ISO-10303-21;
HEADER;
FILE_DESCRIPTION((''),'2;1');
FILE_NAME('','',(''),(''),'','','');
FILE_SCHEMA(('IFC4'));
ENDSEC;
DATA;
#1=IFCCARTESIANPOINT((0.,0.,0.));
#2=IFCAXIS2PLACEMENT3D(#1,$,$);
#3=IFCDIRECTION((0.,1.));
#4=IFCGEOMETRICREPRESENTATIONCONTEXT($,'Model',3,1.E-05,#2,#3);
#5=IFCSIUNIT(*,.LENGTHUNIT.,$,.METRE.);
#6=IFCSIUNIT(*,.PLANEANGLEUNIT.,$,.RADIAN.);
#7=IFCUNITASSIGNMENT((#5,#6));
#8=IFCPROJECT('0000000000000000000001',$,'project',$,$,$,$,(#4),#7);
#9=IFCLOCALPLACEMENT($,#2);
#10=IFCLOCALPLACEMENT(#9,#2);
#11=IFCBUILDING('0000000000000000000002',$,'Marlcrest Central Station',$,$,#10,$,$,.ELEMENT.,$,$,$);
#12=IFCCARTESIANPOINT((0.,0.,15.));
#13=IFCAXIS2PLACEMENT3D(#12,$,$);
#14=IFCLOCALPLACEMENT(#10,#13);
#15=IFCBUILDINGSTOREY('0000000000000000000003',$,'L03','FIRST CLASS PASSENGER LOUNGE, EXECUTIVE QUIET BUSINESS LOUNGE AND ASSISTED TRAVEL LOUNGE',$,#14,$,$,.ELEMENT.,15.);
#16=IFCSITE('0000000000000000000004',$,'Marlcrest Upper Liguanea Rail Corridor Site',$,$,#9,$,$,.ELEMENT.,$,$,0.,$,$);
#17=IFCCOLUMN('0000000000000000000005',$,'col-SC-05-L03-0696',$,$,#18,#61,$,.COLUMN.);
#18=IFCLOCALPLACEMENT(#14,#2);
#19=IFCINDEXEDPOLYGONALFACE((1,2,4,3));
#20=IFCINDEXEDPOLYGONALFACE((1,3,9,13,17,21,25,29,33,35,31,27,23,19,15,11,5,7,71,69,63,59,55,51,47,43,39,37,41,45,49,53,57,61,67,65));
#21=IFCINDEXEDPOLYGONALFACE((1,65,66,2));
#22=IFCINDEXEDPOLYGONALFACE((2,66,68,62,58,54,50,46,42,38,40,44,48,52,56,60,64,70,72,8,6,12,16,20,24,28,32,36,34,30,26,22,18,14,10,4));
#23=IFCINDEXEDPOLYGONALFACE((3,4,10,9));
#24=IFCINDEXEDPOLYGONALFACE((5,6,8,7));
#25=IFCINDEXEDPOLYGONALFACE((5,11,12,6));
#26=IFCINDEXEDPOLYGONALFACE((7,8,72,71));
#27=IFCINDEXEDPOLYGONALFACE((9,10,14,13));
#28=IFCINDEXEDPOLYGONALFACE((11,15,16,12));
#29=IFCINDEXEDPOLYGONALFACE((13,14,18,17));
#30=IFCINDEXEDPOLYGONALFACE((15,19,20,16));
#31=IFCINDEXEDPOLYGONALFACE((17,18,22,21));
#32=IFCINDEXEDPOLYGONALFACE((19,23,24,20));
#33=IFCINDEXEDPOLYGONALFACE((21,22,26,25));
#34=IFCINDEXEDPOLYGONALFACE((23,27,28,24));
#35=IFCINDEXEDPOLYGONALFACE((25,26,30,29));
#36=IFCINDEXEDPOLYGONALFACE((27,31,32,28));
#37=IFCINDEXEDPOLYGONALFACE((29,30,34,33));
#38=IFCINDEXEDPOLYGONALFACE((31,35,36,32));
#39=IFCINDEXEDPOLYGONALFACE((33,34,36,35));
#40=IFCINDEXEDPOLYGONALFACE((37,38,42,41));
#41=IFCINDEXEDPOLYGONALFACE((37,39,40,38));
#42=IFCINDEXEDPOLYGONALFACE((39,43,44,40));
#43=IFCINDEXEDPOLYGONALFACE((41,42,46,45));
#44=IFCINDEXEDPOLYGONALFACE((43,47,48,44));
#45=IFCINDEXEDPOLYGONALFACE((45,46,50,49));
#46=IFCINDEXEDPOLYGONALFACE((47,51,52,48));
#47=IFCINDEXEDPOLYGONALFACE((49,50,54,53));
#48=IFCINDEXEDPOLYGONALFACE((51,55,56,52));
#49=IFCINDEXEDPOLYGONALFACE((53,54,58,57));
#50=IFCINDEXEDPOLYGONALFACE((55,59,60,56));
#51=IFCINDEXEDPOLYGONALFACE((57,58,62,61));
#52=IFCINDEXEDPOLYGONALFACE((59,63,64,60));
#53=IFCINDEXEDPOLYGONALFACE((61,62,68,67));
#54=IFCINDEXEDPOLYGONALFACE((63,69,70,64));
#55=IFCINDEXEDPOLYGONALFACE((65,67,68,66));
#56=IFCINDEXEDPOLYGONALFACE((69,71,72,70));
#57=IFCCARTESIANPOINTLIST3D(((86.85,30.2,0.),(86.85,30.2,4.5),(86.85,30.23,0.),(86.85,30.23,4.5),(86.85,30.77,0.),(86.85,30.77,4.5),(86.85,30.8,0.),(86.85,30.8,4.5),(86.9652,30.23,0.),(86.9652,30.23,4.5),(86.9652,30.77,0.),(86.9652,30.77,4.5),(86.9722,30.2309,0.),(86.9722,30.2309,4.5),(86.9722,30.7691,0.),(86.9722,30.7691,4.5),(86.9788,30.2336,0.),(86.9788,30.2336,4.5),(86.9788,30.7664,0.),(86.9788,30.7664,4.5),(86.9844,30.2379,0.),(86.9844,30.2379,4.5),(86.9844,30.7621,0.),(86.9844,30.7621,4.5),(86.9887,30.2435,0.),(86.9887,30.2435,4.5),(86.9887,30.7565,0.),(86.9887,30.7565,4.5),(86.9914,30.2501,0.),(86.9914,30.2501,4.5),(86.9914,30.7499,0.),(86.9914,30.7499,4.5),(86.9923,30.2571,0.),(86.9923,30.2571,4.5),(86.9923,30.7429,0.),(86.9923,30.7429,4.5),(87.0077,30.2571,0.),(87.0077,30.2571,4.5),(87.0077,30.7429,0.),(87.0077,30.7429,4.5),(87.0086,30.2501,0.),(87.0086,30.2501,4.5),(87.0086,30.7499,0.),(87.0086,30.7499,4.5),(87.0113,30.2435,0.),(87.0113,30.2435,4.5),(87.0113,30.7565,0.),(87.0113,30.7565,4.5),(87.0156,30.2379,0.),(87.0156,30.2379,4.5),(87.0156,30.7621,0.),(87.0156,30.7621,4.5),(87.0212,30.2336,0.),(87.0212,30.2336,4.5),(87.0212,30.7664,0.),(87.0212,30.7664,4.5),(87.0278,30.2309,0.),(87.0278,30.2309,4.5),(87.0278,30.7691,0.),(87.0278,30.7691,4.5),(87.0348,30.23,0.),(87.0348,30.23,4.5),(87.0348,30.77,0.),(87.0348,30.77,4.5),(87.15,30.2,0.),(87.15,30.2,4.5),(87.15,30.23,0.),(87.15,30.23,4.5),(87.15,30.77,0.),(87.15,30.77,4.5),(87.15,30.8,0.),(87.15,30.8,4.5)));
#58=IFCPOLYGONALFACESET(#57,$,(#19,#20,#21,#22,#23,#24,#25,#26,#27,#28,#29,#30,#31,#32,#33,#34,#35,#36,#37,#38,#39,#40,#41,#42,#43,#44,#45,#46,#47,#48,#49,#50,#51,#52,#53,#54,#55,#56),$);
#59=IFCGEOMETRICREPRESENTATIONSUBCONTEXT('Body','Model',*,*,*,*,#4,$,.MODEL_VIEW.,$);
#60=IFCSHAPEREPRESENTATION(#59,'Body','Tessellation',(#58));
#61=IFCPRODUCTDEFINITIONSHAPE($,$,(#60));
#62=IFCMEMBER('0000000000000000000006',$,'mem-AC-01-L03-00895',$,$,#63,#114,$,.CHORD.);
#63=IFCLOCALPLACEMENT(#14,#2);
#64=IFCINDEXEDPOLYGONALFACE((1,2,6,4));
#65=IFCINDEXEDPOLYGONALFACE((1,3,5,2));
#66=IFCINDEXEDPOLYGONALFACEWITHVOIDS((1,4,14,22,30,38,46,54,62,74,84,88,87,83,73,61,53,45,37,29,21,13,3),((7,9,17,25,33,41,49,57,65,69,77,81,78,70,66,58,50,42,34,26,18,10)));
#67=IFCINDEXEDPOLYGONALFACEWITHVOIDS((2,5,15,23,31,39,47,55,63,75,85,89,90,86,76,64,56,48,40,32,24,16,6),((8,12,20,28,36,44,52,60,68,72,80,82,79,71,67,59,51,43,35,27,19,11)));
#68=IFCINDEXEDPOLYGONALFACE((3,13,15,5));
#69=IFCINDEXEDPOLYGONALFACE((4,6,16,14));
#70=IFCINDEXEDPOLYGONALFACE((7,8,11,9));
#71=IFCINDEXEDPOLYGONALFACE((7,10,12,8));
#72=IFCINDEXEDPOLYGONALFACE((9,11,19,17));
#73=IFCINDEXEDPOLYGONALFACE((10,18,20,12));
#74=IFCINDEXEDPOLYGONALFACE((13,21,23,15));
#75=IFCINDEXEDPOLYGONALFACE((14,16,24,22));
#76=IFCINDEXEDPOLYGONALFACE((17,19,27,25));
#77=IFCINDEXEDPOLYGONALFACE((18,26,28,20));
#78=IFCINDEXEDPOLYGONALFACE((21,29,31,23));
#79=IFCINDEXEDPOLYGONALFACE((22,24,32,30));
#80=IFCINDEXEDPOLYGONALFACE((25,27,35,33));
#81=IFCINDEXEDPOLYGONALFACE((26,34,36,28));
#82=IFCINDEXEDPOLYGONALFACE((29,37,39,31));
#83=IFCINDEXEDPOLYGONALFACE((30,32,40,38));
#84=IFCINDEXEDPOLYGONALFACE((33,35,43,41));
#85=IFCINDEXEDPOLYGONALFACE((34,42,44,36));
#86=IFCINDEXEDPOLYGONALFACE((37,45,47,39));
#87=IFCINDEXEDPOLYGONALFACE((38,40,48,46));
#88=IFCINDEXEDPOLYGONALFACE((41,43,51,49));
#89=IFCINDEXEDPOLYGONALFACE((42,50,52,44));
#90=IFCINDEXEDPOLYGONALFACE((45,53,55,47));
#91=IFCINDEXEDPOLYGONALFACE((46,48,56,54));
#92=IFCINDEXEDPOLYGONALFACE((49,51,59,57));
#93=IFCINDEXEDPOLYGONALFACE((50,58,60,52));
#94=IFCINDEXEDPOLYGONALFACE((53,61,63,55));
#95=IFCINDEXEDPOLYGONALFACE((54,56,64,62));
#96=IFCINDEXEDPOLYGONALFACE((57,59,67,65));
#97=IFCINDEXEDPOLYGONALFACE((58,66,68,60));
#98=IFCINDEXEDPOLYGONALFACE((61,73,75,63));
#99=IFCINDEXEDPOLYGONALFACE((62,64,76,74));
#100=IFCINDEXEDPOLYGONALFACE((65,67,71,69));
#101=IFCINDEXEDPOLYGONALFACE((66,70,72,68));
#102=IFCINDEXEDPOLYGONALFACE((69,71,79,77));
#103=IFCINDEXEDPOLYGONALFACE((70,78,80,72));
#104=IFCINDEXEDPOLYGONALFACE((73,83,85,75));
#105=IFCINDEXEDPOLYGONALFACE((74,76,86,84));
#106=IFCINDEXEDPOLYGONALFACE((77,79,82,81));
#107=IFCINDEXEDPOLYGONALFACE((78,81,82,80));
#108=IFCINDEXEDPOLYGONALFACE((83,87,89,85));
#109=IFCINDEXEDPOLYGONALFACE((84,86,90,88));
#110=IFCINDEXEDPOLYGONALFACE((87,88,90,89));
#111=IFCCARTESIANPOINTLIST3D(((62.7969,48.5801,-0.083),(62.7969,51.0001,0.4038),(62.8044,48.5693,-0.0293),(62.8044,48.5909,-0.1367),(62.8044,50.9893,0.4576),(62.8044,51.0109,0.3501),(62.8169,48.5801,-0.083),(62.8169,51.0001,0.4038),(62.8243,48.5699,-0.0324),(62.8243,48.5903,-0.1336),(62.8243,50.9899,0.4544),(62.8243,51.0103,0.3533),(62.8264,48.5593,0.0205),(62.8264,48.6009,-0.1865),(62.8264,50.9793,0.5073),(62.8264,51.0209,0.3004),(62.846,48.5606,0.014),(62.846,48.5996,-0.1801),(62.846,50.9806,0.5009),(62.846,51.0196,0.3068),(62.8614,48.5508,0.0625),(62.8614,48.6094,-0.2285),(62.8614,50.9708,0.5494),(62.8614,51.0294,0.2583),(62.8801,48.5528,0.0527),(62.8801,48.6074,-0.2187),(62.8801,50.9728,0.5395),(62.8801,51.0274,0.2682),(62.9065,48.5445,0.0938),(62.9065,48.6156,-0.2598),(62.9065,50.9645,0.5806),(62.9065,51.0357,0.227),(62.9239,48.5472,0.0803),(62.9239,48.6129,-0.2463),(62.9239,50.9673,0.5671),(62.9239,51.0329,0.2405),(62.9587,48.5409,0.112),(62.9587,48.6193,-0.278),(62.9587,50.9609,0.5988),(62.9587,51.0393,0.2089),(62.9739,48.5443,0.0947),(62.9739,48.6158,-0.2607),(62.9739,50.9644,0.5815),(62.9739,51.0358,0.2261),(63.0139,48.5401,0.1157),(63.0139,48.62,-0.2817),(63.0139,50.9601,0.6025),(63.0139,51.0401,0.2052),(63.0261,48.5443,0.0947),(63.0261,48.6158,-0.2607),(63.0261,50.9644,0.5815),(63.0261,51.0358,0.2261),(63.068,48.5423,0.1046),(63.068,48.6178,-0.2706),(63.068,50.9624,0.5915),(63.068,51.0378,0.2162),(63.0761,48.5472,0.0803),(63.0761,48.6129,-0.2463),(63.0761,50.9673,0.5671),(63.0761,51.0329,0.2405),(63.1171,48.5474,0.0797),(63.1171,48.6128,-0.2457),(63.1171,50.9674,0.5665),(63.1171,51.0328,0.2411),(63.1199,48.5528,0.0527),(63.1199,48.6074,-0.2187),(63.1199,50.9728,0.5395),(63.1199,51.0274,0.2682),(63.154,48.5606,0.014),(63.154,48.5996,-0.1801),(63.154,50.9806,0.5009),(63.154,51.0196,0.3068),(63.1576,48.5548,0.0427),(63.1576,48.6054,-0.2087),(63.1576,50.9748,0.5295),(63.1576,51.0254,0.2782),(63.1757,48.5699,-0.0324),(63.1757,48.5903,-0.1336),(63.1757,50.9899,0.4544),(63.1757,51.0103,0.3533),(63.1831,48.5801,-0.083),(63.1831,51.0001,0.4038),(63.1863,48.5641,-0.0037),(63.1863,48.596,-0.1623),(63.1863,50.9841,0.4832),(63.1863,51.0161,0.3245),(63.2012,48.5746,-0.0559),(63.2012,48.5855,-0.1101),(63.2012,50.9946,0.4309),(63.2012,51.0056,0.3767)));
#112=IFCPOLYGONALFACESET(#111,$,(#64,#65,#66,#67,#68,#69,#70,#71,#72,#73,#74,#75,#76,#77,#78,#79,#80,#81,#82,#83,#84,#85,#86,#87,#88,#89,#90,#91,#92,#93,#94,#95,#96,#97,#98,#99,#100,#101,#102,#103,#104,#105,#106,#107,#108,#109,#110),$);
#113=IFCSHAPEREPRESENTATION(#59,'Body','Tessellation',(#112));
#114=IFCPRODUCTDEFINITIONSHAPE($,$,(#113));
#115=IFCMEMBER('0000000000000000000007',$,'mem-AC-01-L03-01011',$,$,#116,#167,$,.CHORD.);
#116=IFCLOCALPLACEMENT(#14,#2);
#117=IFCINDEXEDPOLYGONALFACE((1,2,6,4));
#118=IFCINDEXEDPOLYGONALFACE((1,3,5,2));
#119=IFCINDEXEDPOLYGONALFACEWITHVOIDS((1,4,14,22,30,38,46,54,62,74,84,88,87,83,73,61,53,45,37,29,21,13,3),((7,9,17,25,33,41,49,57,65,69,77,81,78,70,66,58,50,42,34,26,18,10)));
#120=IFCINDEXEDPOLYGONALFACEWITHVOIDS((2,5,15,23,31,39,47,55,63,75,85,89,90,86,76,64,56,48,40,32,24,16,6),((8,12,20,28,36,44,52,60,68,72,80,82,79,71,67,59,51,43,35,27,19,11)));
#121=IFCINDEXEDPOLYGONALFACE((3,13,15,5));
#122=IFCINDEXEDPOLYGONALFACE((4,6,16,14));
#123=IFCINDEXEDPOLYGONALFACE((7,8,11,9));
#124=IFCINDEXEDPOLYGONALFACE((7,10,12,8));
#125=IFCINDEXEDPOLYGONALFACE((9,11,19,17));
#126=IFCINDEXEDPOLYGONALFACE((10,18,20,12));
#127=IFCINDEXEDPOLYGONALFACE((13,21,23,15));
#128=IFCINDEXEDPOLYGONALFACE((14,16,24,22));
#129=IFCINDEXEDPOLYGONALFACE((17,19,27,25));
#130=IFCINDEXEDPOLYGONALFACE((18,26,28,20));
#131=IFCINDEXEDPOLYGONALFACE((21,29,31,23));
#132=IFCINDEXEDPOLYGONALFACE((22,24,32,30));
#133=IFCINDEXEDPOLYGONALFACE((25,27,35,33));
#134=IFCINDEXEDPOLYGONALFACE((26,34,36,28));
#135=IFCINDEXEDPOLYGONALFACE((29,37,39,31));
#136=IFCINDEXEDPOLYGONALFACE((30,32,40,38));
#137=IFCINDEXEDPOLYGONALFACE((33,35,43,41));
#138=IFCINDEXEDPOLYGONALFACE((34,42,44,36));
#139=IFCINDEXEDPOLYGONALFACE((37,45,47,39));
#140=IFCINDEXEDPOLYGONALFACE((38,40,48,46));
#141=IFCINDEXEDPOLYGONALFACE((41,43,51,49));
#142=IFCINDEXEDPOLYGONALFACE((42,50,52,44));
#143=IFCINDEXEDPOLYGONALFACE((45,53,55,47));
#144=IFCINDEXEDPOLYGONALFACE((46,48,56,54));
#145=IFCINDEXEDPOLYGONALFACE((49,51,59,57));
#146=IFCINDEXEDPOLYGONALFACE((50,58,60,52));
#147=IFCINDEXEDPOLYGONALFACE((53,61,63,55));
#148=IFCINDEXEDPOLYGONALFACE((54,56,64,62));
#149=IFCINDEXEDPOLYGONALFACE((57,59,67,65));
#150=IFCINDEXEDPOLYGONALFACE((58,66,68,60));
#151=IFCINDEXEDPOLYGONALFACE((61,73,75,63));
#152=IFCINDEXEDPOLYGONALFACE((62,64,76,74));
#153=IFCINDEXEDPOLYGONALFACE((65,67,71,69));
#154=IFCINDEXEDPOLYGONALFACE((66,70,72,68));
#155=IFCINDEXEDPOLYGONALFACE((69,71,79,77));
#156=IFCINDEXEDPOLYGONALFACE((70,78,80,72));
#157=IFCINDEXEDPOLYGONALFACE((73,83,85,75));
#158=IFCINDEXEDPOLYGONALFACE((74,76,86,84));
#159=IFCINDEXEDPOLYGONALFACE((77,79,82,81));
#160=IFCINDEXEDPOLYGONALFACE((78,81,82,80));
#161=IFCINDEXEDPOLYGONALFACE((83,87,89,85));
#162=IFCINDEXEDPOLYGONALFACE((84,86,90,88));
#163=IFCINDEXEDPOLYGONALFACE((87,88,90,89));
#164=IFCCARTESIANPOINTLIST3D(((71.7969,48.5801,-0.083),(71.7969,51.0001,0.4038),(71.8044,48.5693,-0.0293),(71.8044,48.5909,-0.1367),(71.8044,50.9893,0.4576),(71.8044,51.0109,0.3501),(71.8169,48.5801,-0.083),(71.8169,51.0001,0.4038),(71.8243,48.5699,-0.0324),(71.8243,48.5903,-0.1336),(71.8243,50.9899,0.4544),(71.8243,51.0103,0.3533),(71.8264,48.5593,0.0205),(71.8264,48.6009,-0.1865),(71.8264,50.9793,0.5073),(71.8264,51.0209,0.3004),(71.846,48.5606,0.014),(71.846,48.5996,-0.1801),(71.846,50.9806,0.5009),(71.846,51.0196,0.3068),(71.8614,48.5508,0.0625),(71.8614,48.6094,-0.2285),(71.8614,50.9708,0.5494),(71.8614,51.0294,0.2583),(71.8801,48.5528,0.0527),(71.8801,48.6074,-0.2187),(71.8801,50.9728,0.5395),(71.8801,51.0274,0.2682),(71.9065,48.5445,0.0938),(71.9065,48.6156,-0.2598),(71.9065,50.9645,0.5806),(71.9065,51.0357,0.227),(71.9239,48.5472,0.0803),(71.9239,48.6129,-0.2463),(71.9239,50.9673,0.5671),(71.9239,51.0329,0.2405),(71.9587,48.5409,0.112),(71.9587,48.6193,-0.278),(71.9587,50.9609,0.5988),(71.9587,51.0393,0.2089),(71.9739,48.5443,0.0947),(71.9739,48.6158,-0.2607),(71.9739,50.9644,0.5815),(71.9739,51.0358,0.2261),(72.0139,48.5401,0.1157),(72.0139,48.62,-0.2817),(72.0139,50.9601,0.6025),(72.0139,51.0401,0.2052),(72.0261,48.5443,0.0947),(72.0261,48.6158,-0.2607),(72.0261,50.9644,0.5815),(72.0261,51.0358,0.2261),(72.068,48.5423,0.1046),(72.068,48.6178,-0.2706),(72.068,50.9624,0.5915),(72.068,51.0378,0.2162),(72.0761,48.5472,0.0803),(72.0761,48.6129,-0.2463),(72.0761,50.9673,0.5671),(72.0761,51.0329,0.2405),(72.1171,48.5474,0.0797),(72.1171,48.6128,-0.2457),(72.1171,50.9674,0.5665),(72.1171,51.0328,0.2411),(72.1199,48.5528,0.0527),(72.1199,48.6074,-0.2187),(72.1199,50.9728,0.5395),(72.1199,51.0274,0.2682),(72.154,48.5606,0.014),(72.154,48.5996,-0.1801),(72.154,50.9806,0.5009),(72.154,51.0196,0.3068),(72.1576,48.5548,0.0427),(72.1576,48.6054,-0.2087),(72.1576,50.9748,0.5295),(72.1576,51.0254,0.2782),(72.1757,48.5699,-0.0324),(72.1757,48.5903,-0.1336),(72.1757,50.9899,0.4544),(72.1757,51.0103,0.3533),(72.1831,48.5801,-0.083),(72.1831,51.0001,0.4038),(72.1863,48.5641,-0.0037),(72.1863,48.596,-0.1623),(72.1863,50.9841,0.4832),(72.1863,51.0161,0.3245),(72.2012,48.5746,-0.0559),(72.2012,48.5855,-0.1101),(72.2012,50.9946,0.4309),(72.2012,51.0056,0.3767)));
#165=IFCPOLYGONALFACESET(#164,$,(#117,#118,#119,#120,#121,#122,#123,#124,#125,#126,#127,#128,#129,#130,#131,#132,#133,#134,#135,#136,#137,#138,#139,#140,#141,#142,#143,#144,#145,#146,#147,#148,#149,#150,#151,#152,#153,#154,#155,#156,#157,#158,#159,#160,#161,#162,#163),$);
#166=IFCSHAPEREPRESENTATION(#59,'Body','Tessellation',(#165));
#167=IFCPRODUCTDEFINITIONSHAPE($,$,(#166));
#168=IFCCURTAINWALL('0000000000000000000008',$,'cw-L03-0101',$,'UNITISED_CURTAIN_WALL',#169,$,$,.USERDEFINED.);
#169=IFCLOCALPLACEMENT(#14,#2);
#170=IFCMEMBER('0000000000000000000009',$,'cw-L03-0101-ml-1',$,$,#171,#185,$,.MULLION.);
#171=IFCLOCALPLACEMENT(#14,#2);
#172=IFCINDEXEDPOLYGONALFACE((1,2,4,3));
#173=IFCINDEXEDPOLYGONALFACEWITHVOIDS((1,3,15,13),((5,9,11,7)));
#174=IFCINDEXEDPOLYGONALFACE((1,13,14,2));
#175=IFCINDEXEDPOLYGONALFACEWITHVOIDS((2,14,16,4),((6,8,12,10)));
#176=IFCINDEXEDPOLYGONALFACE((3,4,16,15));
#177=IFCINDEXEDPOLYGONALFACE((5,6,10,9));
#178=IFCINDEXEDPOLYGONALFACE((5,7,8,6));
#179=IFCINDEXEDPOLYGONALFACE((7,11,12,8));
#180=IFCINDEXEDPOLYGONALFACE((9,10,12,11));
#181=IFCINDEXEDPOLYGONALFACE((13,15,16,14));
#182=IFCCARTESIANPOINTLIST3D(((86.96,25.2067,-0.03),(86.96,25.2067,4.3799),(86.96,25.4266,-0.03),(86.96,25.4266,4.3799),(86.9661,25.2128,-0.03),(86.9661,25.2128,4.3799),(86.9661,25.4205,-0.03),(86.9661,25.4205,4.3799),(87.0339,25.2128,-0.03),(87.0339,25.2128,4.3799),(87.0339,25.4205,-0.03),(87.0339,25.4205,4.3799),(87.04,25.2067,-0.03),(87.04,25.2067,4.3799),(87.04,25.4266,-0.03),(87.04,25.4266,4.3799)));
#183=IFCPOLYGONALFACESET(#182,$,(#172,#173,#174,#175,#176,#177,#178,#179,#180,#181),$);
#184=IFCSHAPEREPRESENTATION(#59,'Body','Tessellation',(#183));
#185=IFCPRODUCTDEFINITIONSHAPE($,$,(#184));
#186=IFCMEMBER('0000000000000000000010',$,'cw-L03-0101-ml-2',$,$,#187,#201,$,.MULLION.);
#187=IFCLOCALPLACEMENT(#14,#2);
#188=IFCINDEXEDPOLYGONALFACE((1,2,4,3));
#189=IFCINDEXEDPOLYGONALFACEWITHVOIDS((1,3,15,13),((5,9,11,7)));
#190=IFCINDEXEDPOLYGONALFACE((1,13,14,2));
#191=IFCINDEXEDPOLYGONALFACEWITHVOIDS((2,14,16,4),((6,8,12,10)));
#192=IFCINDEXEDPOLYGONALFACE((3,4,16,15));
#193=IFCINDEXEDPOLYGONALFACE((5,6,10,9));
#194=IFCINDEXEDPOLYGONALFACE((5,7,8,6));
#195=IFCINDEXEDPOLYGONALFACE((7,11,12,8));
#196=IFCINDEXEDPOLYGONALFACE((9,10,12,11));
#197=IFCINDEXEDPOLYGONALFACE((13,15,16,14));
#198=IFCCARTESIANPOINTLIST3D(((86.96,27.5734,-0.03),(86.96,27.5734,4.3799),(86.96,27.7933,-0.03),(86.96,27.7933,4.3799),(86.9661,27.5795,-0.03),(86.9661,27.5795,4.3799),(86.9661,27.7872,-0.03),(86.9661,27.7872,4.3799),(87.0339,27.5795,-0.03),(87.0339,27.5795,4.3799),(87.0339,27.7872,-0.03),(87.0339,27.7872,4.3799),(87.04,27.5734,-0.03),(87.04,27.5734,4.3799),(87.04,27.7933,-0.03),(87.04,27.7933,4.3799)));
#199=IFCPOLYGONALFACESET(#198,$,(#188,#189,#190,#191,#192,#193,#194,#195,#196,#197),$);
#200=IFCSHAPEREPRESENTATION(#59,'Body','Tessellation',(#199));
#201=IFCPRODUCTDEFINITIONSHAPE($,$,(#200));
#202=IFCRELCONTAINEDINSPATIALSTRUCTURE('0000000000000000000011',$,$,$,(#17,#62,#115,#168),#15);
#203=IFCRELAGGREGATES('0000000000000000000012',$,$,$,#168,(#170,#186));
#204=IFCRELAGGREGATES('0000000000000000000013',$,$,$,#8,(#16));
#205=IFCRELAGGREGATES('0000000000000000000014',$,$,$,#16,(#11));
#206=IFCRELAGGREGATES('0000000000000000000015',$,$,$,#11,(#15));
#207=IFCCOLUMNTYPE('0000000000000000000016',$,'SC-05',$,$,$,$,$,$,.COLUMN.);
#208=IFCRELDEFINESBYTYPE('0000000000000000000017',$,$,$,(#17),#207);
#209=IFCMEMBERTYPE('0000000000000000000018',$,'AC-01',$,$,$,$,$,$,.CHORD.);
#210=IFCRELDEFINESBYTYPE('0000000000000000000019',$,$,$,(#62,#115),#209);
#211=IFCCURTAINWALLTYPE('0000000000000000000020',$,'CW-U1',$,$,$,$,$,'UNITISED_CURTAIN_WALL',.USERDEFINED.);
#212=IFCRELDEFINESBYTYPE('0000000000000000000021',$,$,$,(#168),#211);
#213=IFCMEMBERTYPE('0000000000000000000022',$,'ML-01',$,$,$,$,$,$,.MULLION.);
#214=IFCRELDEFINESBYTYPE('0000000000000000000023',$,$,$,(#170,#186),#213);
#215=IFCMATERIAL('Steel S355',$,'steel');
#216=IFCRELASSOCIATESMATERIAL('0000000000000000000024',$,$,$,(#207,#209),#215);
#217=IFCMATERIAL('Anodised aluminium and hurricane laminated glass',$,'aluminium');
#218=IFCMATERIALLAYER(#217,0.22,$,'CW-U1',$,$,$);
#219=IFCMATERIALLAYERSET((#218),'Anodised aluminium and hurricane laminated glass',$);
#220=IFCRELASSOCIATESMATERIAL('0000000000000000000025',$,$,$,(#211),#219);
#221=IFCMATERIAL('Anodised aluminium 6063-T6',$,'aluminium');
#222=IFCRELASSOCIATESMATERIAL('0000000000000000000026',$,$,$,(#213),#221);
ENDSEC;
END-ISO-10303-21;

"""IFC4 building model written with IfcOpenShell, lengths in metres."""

from ifc_helpers import new_model, si_unit, direction, frame, origin, origin_2d, place, context, subcontext, project, spatial, hollow_rectangle, hollow_circle, i_section, extrude, material, layer, layer_set, material_profile, profile_set, type_object, element, aggregate, save


model = new_model("IFC4")

# Units and contexts
model_context = context("Model", 3, precision=1e-05, world=origin(), true_north=direction((0.0, 1.0)))
body_context = subcontext(model_context, "Body", "Model", "MODEL_VIEW")
ifc_project = project(units=[si_unit("LENGTHUNIT", "METRE"), si_unit("PLANEANGLEUNIT", "RADIAN")], contexts=[model_context])

# Site, building, storey
site_placement = place(None, origin())
site = spatial("IfcSite", under=ifc_project, at=site_placement, Name="Marlcrest Upper Liguanea Rail Corridor Site", CompositionType="ELEMENT", RefElevation=0.0)
building_placement = place(site_placement, origin())
building = spatial("IfcBuilding", under=site, at=building_placement, Name="Marlcrest Central Station", CompositionType="ELEMENT")
storey_placement = place(building_placement, frame((0.0, 0.0, 15.0)))
storey = spatial("IfcBuildingStorey", under=building, at=storey_placement, Name="L03", Description="FIRST CLASS PASSENGER LOUNGE, EXECUTIVE QUIET BUSINESS LOUNGE AND ASSISTED TRAVEL LOUNGE", CompositionType="ELEMENT", Elevation=15.0)

# Column
ifc_material_1 = material(Name="Steel S355", Category="steel")
ifc_material_profile_1 = material_profile(ifc_material_1, i_section(OverallWidth=0.3, OverallDepth=0.6001, WebThickness=0.0154, FlangeThickness=0.03, FilletRadius=0.0271, at=origin_2d()), Name="HEB 600")
ifc_profile_set_1 = profile_set([ifc_material_profile_1], Name="Steel S355")
column_type = type_object("IfcColumnType", Name="SC-05", PredefinedType="COLUMN", material=ifc_profile_set_1)
column_placement = place(storey_placement, frame((87.0, 30.5, 0.0), z_axis=(0.0, 0.0, 1.0), x_axis=(1.0, 0.0, 0.0)))
element("IfcColumn", 1, at=column_placement, inside=storey, type_object=column_type, Name="col-SC-05-L03-0696", PredefinedType="COLUMN", context=body_context, shape_type="SweptSolid", body=[
    extrude(i_section(OverallWidth=0.3, OverallDepth=0.6001, WebThickness=0.0154, FlangeThickness=0.03, FilletRadius=0.0271, at=origin_2d()), origin(), (0.0, 0.0, 1.0), 4.5),
])

# Members
ifc_material_profile_2 = material_profile(ifc_material_1, hollow_circle(Radius=0.2031, WallThickness=0.02, at=origin_2d()), Name="CHS 406.4x20")
ifc_profile_set_2 = profile_set([ifc_material_profile_2], Name="Steel S355")
member_type_1 = type_object("IfcMemberType", Name="AC-01", PredefinedType="CHORD", material=ifc_profile_set_2)
for number, where, z_axis, x_axis, name in (
    (2, (63.0, 48.5801, -0.083), (0.0, 0.980359, 0.197219), (-1.0, 0.0, 0.0), "mem-AC-01-L03-00895"),
    (3, (72.0, 48.5801, -0.083), (0.0, 0.980359, 0.197219), (-1.0, 0.0, 0.0), "mem-AC-01-L03-01011"),
):
    element("IfcMember", number, at=place(storey_placement, frame(where, z_axis=z_axis, x_axis=x_axis)), inside=storey, type_object=member_type_1, Name=name, PredefinedType="CHORD", context=body_context, shape_type="SweptSolid", body=[
        extrude(hollow_circle(Radius=0.2031, WallThickness=0.02, at=origin_2d()), origin(), (0.0, 0.0, 1.0), 2.4685),
    ])

# Curtain wall, members
ifc_material_2 = material(Name="Anodised aluminium and hurricane laminated glass", Category="aluminium")
ifc_layer_1 = layer(ifc_material_2, 0.22, Name="CW-U1")
ifc_layer_set_1 = layer_set([ifc_layer_1], Name="Anodised aluminium and hurricane laminated glass")
curtain_wall_type = type_object("IfcCurtainWallType", Name="CW-U1", ElementType="UNITISED_CURTAIN_WALL", PredefinedType="USERDEFINED", material=ifc_layer_set_1)
curtain_wall_1_placement = place(storey_placement, origin())
curtain_wall_1 = element("IfcCurtainWall", 4, at=curtain_wall_1_placement, inside=storey, type_object=curtain_wall_type, Name="cw-L03-0101", ObjectType="UNITISED_CURTAIN_WALL", PredefinedType="USERDEFINED")
ifc_material_3 = material(Name="Anodised aluminium 6063-T6", Category="aluminium")
ifc_material_profile_3 = material_profile(ifc_material_3, hollow_rectangle(XDim=0.0801, YDim=0.22, WallThickness=0.0061, at=origin_2d()), Name="AA-RHS 220x80x6")
ifc_profile_set_3 = profile_set([ifc_material_profile_3], Name="Anodised aluminium 6063-T6")
member_type_2 = type_object("IfcMemberType", Name="ML-01", PredefinedType="MULLION", material=ifc_profile_set_3)
member_1_placement = place(storey_placement, frame((87.0, 25.3167, -0.03), z_axis=(0.0, 0.0, 1.0), x_axis=(1.0, 0.0, 0.0)))
member_1 = element("IfcMember", 5, at=member_1_placement, type_object=member_type_2, Name="cw-L03-0101-ml-1", PredefinedType="MULLION", context=body_context, shape_type="SweptSolid", body=[
    extrude(hollow_rectangle(XDim=0.0801, YDim=0.22, WallThickness=0.0061, at=origin_2d()), origin(), (0.0, 0.0, 1.0), 4.4099),
])
member_2_placement = place(storey_placement, frame((87.0, 27.6833, -0.03), z_axis=(0.0, 0.0, 1.0), x_axis=(1.0, 0.0, 0.0)))
member_2 = element("IfcMember", 6, at=member_2_placement, type_object=member_type_2, Name="cw-L03-0101-ml-2", PredefinedType="MULLION", context=body_context, shape_type="SweptSolid", body=[
    extrude(hollow_rectangle(XDim=0.0801, YDim=0.22, WallThickness=0.0061, at=origin_2d()), origin(), (0.0, 0.0, 1.0), 4.4099),
])

aggregate(curtain_wall_1, [member_1, member_2])

save(model, "model.ifc")
